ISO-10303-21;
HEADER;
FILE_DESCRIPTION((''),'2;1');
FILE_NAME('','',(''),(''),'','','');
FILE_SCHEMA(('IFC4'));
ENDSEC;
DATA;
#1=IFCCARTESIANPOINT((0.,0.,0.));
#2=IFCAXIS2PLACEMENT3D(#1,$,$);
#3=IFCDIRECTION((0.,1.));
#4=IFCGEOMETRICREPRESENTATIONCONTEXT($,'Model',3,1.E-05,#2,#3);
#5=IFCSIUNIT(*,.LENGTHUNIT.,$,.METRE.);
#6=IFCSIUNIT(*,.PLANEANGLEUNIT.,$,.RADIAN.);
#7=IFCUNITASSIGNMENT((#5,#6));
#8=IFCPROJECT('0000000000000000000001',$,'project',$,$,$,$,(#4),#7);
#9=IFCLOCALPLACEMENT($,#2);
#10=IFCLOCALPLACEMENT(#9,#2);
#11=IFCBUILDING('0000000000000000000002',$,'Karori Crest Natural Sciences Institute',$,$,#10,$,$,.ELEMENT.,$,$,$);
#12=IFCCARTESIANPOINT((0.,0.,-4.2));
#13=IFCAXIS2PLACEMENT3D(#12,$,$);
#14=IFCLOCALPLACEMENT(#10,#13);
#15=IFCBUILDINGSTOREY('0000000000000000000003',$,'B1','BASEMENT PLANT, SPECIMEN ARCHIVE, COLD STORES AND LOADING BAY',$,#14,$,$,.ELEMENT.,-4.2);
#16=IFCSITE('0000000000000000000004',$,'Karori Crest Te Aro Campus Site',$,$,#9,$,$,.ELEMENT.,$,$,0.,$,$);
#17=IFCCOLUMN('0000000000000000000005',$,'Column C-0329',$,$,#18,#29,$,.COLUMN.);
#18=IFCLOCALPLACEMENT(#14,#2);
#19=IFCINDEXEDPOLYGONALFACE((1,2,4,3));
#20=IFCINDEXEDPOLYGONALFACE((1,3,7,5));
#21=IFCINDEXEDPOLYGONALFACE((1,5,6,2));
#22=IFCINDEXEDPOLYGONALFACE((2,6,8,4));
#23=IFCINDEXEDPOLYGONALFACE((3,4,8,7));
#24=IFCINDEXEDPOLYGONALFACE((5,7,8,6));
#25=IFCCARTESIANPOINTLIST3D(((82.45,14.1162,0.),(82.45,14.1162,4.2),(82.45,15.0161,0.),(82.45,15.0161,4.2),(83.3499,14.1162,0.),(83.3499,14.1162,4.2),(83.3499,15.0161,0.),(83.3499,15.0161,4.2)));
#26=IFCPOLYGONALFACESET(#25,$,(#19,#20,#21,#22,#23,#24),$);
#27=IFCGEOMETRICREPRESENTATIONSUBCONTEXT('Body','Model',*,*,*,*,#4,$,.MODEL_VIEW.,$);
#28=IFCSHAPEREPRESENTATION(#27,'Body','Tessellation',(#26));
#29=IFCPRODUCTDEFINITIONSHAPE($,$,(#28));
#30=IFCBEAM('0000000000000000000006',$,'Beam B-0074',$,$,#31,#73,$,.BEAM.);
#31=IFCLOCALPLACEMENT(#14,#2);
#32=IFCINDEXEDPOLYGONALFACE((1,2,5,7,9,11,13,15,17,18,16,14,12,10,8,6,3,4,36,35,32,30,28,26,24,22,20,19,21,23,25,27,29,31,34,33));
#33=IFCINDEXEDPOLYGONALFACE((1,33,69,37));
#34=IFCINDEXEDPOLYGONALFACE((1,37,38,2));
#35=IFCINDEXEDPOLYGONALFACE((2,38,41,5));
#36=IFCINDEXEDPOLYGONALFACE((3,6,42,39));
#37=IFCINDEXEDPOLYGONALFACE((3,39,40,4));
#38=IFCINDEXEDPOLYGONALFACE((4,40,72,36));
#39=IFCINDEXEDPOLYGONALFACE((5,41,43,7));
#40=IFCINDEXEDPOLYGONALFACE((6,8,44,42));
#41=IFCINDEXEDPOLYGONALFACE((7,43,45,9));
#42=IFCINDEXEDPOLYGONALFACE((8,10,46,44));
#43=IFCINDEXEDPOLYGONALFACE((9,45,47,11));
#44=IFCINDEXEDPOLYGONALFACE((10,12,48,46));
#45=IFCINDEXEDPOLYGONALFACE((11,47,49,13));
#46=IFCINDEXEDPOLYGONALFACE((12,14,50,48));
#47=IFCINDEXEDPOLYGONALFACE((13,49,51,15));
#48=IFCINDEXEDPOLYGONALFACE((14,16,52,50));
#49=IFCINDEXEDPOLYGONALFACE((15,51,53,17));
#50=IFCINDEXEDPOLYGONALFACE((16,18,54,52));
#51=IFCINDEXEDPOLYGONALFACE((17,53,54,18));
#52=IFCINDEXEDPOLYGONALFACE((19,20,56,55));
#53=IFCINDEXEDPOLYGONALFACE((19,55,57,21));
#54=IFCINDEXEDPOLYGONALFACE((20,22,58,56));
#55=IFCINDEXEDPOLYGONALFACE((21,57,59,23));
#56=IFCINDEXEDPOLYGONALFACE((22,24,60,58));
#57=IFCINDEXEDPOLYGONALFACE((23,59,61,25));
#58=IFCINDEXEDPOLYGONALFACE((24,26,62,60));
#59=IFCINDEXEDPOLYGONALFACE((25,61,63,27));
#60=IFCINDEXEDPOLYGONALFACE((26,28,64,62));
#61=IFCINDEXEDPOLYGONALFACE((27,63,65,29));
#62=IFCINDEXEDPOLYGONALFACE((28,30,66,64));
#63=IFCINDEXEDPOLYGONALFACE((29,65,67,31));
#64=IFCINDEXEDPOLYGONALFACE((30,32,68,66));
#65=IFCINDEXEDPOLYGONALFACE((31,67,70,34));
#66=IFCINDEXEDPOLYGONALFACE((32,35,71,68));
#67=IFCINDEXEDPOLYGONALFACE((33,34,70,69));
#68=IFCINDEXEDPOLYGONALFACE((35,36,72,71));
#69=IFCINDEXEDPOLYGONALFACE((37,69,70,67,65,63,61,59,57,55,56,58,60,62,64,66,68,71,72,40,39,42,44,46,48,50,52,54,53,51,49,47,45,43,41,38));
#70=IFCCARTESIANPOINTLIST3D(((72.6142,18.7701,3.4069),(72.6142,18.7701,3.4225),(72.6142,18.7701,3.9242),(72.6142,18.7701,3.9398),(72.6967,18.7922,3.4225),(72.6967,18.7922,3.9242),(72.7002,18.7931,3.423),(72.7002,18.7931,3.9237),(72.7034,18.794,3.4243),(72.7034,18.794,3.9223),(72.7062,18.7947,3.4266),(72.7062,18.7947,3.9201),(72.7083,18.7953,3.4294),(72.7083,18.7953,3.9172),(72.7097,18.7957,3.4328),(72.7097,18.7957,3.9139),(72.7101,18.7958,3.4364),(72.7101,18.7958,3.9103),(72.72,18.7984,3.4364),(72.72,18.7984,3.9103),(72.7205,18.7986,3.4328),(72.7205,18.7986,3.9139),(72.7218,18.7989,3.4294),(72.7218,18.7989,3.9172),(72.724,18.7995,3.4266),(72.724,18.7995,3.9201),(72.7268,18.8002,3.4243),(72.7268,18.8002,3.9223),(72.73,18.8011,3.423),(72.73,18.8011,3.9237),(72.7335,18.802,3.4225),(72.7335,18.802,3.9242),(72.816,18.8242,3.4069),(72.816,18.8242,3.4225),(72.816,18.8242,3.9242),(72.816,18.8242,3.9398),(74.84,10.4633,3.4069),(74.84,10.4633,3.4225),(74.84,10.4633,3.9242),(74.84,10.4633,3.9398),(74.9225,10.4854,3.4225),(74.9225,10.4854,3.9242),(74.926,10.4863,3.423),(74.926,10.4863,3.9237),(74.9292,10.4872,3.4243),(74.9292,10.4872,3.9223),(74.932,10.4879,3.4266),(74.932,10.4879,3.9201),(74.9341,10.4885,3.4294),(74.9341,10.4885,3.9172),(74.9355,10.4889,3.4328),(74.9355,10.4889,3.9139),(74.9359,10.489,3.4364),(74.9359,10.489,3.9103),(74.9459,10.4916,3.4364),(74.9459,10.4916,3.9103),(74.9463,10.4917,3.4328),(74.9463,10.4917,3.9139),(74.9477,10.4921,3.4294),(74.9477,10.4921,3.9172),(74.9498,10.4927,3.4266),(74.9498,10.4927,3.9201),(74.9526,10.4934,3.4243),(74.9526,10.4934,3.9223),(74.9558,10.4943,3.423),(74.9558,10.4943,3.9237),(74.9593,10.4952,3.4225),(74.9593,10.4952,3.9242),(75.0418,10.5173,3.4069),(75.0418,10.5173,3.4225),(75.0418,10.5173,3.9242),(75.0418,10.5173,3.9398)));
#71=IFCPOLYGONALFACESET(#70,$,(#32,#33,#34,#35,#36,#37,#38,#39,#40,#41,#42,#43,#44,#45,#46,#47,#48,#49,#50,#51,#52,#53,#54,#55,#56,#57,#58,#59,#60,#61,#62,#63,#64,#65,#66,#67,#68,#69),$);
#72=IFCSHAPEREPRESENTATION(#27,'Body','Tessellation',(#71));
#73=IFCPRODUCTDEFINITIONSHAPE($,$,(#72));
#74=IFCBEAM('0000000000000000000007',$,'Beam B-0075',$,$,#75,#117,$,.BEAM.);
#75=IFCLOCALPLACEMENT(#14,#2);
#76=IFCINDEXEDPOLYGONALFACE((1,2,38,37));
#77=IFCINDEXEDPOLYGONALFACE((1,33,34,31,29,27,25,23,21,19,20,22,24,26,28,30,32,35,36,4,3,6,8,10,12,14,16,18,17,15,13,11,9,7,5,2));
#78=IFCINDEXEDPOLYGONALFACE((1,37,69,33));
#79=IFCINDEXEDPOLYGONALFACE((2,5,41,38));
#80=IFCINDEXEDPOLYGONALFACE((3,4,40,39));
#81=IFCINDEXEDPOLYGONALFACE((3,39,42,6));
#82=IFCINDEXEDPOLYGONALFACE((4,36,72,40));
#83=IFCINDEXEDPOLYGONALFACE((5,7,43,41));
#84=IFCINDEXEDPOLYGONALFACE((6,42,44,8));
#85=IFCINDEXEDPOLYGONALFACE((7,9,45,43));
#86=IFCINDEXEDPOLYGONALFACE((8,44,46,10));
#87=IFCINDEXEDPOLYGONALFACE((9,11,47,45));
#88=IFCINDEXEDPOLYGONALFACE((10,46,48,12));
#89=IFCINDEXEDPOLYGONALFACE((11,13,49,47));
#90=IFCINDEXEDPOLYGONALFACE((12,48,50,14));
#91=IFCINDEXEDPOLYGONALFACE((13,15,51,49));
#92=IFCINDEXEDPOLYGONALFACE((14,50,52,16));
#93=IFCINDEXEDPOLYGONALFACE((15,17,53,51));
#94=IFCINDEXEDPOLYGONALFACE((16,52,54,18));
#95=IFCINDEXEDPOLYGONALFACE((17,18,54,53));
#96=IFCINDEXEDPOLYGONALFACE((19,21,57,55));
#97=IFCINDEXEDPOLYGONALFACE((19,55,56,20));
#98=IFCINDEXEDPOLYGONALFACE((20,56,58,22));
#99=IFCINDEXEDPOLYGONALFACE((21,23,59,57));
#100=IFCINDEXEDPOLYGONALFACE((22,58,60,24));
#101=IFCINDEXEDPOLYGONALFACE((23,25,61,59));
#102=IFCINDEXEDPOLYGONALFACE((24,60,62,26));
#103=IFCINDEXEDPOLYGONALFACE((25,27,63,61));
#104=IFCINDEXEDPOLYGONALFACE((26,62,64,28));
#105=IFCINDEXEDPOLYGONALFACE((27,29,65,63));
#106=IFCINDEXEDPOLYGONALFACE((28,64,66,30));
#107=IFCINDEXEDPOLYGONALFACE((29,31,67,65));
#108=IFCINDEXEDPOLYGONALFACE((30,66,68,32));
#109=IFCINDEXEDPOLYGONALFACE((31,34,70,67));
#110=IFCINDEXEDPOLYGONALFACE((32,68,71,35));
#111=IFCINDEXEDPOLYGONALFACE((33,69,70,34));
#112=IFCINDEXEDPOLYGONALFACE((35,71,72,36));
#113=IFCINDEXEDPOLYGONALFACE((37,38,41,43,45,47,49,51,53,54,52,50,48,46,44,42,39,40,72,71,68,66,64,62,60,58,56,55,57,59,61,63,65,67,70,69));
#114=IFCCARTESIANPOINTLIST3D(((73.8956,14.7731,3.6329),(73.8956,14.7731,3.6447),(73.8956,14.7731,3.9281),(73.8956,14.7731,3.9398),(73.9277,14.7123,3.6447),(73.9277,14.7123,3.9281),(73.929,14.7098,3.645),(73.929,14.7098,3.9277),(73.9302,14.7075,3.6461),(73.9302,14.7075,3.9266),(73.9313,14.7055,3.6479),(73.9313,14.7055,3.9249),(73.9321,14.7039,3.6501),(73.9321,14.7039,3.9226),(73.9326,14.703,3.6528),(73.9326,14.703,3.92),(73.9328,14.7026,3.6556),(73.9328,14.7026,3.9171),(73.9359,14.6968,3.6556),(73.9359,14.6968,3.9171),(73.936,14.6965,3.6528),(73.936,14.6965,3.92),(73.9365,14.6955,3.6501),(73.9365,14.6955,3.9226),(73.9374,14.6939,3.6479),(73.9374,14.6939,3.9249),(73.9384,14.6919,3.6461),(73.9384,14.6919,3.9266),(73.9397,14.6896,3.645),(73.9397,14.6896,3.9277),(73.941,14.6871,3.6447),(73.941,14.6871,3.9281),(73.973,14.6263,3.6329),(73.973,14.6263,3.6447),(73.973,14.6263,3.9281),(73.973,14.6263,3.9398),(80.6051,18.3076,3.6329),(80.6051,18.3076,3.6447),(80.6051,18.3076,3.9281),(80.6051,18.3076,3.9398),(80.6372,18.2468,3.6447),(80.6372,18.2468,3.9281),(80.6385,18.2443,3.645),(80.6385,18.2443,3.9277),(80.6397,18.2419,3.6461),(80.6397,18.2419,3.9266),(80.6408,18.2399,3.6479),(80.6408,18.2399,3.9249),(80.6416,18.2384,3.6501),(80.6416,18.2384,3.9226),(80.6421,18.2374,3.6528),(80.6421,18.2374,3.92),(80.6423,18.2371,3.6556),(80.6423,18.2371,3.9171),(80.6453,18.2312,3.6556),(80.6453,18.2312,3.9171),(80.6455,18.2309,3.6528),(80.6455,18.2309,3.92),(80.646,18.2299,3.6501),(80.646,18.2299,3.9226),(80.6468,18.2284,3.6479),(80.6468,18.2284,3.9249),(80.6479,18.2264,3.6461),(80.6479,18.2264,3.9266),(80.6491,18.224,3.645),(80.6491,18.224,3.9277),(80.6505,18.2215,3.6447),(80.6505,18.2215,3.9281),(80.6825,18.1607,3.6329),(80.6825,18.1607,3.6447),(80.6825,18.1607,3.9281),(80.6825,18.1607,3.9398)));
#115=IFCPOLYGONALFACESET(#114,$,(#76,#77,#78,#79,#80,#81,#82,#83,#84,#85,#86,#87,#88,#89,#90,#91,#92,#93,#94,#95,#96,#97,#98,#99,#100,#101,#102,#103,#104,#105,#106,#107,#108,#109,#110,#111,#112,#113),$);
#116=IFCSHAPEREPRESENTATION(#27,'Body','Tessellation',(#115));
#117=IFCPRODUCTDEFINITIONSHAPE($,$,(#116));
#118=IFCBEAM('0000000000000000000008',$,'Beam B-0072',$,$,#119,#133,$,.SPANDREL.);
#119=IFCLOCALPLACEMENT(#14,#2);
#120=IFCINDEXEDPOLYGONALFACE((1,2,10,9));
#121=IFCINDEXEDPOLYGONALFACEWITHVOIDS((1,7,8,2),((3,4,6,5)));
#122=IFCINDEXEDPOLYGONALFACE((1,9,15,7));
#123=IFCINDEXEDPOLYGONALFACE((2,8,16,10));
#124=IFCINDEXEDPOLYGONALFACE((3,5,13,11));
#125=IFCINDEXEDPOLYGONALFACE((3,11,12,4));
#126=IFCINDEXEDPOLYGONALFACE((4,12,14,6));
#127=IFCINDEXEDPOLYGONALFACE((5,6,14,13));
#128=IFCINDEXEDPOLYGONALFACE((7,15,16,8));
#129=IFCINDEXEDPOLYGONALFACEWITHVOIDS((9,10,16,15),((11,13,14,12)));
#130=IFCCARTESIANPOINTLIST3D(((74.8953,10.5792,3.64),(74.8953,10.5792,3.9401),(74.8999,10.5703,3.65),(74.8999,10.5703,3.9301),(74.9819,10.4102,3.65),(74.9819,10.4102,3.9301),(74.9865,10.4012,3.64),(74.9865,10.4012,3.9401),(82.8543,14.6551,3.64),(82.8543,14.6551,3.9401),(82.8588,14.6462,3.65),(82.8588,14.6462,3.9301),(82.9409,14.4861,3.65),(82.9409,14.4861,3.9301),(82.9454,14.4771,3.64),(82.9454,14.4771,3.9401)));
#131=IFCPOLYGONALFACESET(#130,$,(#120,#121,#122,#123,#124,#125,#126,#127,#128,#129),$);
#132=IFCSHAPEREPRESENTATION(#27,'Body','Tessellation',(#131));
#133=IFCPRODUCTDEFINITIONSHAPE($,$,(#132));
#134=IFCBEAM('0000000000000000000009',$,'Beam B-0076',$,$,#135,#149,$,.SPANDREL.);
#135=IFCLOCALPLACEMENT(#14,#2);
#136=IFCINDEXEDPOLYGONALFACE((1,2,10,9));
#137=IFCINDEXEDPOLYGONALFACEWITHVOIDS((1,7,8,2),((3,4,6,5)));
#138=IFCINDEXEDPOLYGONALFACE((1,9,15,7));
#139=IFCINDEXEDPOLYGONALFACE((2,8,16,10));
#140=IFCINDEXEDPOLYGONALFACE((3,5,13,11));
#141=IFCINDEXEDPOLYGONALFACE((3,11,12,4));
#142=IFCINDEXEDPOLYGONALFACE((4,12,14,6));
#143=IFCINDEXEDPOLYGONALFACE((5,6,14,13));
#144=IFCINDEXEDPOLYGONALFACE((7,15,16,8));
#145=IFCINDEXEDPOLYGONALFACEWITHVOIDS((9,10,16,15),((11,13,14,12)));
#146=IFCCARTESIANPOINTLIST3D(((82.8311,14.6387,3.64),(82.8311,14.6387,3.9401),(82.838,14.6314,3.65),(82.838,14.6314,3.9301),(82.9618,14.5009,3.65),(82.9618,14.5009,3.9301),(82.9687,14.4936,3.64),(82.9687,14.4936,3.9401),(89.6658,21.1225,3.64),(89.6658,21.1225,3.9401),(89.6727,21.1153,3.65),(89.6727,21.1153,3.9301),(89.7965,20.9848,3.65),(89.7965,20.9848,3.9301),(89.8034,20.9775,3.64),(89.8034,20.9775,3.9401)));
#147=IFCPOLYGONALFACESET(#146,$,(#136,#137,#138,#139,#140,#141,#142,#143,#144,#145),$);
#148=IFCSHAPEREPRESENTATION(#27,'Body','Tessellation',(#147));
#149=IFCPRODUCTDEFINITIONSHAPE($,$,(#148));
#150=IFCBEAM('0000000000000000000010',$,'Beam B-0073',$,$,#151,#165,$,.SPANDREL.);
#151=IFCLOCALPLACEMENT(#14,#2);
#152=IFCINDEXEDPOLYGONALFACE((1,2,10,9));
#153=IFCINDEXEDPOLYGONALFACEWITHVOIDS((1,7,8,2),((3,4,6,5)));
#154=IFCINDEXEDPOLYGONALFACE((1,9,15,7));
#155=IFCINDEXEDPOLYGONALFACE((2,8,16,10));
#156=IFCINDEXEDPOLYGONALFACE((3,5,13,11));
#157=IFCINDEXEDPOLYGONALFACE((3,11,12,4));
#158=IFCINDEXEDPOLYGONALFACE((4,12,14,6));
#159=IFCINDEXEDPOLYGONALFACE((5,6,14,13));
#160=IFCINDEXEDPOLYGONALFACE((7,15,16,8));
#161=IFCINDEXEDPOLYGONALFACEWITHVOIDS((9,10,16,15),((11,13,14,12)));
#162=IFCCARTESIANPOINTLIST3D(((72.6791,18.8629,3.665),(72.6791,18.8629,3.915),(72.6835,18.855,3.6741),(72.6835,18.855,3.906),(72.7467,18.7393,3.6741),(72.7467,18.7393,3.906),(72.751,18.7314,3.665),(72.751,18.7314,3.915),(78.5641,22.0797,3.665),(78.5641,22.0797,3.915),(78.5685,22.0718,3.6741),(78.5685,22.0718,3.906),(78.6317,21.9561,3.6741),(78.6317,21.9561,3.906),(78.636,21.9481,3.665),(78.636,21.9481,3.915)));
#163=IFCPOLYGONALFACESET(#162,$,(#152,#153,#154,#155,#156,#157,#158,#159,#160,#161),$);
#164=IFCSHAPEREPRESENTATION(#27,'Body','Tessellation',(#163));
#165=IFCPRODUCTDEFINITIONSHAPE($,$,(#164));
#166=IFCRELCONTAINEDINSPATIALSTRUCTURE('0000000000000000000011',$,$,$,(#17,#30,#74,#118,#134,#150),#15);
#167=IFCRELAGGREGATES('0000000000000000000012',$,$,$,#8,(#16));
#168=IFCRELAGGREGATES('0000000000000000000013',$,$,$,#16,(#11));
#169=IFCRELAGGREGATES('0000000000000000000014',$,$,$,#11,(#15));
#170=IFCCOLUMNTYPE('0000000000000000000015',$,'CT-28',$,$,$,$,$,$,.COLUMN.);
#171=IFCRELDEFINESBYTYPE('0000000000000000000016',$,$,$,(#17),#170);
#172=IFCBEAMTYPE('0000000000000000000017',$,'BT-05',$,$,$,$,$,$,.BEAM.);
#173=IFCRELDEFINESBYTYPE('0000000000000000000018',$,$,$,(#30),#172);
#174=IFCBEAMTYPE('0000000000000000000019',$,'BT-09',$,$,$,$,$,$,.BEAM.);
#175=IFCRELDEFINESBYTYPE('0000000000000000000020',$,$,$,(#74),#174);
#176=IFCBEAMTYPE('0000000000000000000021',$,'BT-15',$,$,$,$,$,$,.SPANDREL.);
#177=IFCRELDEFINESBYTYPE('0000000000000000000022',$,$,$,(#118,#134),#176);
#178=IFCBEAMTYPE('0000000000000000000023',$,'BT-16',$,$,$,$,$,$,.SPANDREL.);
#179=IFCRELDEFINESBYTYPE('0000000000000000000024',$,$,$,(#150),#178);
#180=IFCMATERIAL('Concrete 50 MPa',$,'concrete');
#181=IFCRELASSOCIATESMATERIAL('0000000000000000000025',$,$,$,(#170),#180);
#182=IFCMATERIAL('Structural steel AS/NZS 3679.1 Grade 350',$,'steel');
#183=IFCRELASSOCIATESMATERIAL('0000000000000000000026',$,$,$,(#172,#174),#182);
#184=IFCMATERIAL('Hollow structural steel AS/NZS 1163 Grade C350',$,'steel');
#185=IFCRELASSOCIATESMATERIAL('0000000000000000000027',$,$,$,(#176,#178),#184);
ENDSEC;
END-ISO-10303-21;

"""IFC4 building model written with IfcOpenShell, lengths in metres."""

from ifc_helpers import new_model, si_unit, direction, frame, origin, origin_2d, place, context, subcontext, project, spatial, rectangle, hollow_rectangle, i_section, extrude, material, material_profile, profile_set, type_object, element, save


model = new_model("IFC4")

# Units and contexts
model_context = context("Model", 3, precision=1e-05, world=origin(), true_north=direction((0.0, 1.0)))
body_context = subcontext(model_context, "Body", "Model", "MODEL_VIEW")
ifc_project = project(units=[si_unit("LENGTHUNIT", "METRE"), si_unit("PLANEANGLEUNIT", "RADIAN")], contexts=[model_context])

# Site, building, storey
site_placement = place(None, origin())
site = spatial("IfcSite", under=ifc_project, at=site_placement, Name="Karori Crest Te Aro Campus Site", CompositionType="ELEMENT", RefElevation=0.0)
building_placement = place(site_placement, origin())
building = spatial("IfcBuilding", under=site, at=building_placement, Name="Karori Crest Natural Sciences Institute", CompositionType="ELEMENT")
storey_placement = place(building_placement, frame((0.0, 0.0, -4.2)))
storey = spatial("IfcBuildingStorey", under=building, at=storey_placement, Name="B1", Description="BASEMENT PLANT, SPECIMEN ARCHIVE, COLD STORES AND LOADING BAY", CompositionType="ELEMENT", Elevation=-4.2)

# Column
ifc_material_1 = material(Name="Structural steel AS/NZS 3679.1 Grade 350", Category="steel")
ifc_material_2 = material(Name="Concrete 50 MPa", Category="concrete")
ifc_material_profile_1 = material_profile(ifc_material_2, rectangle(XDim=0.8999, YDim=0.8999, at=origin_2d()), Name="RC900x900")
ifc_profile_set_1 = profile_set([ifc_material_profile_1], Name="Concrete 50 MPa")
column_type_1 = type_object("IfcColumnType", Name="CT-28", PredefinedType="COLUMN", material=ifc_profile_set_1)
column_1_placement = place(storey_placement, frame((82.8999, 14.5662, 0.0), z_axis=(0.0, 0.0, 1.0), x_axis=(1.0, 0.0, 0.0)))
element("IfcColumn", 1, at=column_1_placement, inside=storey, type_object=column_type_1, Name="Column C-0329", PredefinedType="COLUMN", context=body_context, shape_type="SweptSolid", body=[
    extrude(rectangle(XDim=0.8999, YDim=0.8999, at=origin_2d()), origin(), (0.0, 0.0, 1.0), 4.2),
])

# Beams
ifc_material_profile_2 = material_profile(ifc_material_1, i_section(OverallWidth=0.209, OverallDepth=0.533, WebThickness=0.0103, FlangeThickness=0.0156, FilletRadius=0.0139, at=origin_2d()), Name="530UB92.4")
ifc_profile_set_2 = profile_set([ifc_material_profile_2], Name="Structural steel AS/NZS 3679.1 Grade 350")
beam_type_1 = type_object("IfcBeamType", Name="BT-05", PredefinedType="BEAM", material=ifc_profile_set_2)
beam_1_placement = place(storey_placement, frame((72.7151, 18.7971, 3.6733), z_axis=(0.25882, -0.965926, 0.0), x_axis=(0.965926, 0.25882, 0.0)))
element("IfcBeam", 2, at=beam_1_placement, inside=storey, type_object=beam_type_1, Name="Beam B-0074", PredefinedType="BEAM", context=body_context, shape_type="SweptSolid", body=[
    extrude(i_section(OverallWidth=0.209, OverallDepth=0.533, WebThickness=0.0103, FlangeThickness=0.0156, FilletRadius=0.0139, at=origin_2d()), origin(), (0.0, 0.0, 1.0), 8.5999),
])
ifc_material_profile_3 = material_profile(ifc_material_1, i_section(OverallWidth=0.166, OverallDepth=0.3069, WebThickness=0.0066, FlangeThickness=0.0117, FilletRadius=0.011, at=origin_2d()), Name="310UB46.2")
ifc_profile_set_3 = profile_set([ifc_material_profile_3], Name="Structural steel AS/NZS 3679.1 Grade 350")
beam_type_2 = type_object("IfcBeamType", Name="BT-09", PredefinedType="BEAM", material=ifc_profile_set_3)
beam_2_placement = place(storey_placement, frame((73.9343, 14.6997, 3.7864), z_axis=(0.884748, 0.466069, 0.0), x_axis=(-0.466069, 0.884748, 0.0)))
element("IfcBeam", 3, at=beam_2_placement, inside=storey, type_object=beam_type_2, Name="Beam B-0075", PredefinedType="BEAM", context=body_context, shape_type="SweptSolid", body=[
    extrude(i_section(OverallWidth=0.166, OverallDepth=0.3069, WebThickness=0.0066, FlangeThickness=0.0117, FilletRadius=0.011, at=origin_2d()), origin(), (0.0, 0.0, 1.0), 7.5835),
])
ifc_material_3 = material(Name="Hollow structural steel AS/NZS 1163 Grade C350", Category="steel")
ifc_material_profile_4 = material_profile(ifc_material_3, hollow_rectangle(XDim=0.2, YDim=0.3, WallThickness=0.01, at=origin_2d()), Name="RHS300x200x10")
ifc_profile_set_4 = profile_set([ifc_material_profile_4], Name="Hollow structural steel AS/NZS 1163 Grade C350")
beam_type_3 = type_object("IfcBeamType", Name="BT-15", PredefinedType="SPANDREL", material=ifc_profile_set_4)
beam_3_placement = place(storey_placement, frame((74.9409, 10.4902, 3.79), z_axis=(0.890072, 0.45582, 0.0), x_axis=(-0.45582, 0.890072, 0.0)))
element("IfcBeam", 4, at=beam_3_placement, inside=storey, type_object=beam_type_3, Name="Beam B-0072", PredefinedType="SPANDREL", context=body_context, shape_type="SweptSolid", body=[
    extrude(hollow_rectangle(XDim=0.2, YDim=0.3, WallThickness=0.01, at=origin_2d()), origin(), (0.0, 0.0, 1.0), 8.9419),
])
beam_4_placement = place(storey_placement, frame((82.8999, 14.5662, 3.79), z_axis=(0.725481, 0.688242, 0.0), x_axis=(-0.688242, 0.725481, 0.0)))
element("IfcBeam", 5, at=beam_4_placement, inside=storey, type_object=beam_type_3, Name="Beam B-0076", PredefinedType="SPANDREL", context=body_context, shape_type="SweptSolid", body=[
    extrude(hollow_rectangle(XDim=0.2, YDim=0.3, WallThickness=0.01, at=origin_2d()), origin(), (0.0, 0.0, 1.0), 9.4209),
])
ifc_material_profile_5 = material_profile(ifc_material_3, hollow_rectangle(XDim=0.1499, YDim=0.25, WallThickness=0.009, at=origin_2d()), Name="RHS250x150x9")
ifc_profile_set_5 = profile_set([ifc_material_profile_5], Name="Hollow structural steel AS/NZS 1163 Grade C350")
beam_type_4 = type_object("IfcBeamType", Name="BT-16", PredefinedType="SPANDREL", material=ifc_profile_set_5)
beam_5_placement = place(storey_placement, frame((72.7151, 18.7971, 3.79), z_axis=(0.87747, 0.479632, 0.0), x_axis=(-0.479632, 0.87747, 0.0)))
element("IfcBeam", 6, at=beam_5_placement, inside=storey, type_object=beam_type_4, Name="Beam B-0073", PredefinedType="SPANDREL", context=body_context, shape_type="SweptSolid", body=[
    extrude(hollow_rectangle(XDim=0.1499, YDim=0.25, WallThickness=0.009, at=origin_2d()), origin(), (0.0, 0.0, 1.0), 6.7068),
])

save(model, "model.ifc")
